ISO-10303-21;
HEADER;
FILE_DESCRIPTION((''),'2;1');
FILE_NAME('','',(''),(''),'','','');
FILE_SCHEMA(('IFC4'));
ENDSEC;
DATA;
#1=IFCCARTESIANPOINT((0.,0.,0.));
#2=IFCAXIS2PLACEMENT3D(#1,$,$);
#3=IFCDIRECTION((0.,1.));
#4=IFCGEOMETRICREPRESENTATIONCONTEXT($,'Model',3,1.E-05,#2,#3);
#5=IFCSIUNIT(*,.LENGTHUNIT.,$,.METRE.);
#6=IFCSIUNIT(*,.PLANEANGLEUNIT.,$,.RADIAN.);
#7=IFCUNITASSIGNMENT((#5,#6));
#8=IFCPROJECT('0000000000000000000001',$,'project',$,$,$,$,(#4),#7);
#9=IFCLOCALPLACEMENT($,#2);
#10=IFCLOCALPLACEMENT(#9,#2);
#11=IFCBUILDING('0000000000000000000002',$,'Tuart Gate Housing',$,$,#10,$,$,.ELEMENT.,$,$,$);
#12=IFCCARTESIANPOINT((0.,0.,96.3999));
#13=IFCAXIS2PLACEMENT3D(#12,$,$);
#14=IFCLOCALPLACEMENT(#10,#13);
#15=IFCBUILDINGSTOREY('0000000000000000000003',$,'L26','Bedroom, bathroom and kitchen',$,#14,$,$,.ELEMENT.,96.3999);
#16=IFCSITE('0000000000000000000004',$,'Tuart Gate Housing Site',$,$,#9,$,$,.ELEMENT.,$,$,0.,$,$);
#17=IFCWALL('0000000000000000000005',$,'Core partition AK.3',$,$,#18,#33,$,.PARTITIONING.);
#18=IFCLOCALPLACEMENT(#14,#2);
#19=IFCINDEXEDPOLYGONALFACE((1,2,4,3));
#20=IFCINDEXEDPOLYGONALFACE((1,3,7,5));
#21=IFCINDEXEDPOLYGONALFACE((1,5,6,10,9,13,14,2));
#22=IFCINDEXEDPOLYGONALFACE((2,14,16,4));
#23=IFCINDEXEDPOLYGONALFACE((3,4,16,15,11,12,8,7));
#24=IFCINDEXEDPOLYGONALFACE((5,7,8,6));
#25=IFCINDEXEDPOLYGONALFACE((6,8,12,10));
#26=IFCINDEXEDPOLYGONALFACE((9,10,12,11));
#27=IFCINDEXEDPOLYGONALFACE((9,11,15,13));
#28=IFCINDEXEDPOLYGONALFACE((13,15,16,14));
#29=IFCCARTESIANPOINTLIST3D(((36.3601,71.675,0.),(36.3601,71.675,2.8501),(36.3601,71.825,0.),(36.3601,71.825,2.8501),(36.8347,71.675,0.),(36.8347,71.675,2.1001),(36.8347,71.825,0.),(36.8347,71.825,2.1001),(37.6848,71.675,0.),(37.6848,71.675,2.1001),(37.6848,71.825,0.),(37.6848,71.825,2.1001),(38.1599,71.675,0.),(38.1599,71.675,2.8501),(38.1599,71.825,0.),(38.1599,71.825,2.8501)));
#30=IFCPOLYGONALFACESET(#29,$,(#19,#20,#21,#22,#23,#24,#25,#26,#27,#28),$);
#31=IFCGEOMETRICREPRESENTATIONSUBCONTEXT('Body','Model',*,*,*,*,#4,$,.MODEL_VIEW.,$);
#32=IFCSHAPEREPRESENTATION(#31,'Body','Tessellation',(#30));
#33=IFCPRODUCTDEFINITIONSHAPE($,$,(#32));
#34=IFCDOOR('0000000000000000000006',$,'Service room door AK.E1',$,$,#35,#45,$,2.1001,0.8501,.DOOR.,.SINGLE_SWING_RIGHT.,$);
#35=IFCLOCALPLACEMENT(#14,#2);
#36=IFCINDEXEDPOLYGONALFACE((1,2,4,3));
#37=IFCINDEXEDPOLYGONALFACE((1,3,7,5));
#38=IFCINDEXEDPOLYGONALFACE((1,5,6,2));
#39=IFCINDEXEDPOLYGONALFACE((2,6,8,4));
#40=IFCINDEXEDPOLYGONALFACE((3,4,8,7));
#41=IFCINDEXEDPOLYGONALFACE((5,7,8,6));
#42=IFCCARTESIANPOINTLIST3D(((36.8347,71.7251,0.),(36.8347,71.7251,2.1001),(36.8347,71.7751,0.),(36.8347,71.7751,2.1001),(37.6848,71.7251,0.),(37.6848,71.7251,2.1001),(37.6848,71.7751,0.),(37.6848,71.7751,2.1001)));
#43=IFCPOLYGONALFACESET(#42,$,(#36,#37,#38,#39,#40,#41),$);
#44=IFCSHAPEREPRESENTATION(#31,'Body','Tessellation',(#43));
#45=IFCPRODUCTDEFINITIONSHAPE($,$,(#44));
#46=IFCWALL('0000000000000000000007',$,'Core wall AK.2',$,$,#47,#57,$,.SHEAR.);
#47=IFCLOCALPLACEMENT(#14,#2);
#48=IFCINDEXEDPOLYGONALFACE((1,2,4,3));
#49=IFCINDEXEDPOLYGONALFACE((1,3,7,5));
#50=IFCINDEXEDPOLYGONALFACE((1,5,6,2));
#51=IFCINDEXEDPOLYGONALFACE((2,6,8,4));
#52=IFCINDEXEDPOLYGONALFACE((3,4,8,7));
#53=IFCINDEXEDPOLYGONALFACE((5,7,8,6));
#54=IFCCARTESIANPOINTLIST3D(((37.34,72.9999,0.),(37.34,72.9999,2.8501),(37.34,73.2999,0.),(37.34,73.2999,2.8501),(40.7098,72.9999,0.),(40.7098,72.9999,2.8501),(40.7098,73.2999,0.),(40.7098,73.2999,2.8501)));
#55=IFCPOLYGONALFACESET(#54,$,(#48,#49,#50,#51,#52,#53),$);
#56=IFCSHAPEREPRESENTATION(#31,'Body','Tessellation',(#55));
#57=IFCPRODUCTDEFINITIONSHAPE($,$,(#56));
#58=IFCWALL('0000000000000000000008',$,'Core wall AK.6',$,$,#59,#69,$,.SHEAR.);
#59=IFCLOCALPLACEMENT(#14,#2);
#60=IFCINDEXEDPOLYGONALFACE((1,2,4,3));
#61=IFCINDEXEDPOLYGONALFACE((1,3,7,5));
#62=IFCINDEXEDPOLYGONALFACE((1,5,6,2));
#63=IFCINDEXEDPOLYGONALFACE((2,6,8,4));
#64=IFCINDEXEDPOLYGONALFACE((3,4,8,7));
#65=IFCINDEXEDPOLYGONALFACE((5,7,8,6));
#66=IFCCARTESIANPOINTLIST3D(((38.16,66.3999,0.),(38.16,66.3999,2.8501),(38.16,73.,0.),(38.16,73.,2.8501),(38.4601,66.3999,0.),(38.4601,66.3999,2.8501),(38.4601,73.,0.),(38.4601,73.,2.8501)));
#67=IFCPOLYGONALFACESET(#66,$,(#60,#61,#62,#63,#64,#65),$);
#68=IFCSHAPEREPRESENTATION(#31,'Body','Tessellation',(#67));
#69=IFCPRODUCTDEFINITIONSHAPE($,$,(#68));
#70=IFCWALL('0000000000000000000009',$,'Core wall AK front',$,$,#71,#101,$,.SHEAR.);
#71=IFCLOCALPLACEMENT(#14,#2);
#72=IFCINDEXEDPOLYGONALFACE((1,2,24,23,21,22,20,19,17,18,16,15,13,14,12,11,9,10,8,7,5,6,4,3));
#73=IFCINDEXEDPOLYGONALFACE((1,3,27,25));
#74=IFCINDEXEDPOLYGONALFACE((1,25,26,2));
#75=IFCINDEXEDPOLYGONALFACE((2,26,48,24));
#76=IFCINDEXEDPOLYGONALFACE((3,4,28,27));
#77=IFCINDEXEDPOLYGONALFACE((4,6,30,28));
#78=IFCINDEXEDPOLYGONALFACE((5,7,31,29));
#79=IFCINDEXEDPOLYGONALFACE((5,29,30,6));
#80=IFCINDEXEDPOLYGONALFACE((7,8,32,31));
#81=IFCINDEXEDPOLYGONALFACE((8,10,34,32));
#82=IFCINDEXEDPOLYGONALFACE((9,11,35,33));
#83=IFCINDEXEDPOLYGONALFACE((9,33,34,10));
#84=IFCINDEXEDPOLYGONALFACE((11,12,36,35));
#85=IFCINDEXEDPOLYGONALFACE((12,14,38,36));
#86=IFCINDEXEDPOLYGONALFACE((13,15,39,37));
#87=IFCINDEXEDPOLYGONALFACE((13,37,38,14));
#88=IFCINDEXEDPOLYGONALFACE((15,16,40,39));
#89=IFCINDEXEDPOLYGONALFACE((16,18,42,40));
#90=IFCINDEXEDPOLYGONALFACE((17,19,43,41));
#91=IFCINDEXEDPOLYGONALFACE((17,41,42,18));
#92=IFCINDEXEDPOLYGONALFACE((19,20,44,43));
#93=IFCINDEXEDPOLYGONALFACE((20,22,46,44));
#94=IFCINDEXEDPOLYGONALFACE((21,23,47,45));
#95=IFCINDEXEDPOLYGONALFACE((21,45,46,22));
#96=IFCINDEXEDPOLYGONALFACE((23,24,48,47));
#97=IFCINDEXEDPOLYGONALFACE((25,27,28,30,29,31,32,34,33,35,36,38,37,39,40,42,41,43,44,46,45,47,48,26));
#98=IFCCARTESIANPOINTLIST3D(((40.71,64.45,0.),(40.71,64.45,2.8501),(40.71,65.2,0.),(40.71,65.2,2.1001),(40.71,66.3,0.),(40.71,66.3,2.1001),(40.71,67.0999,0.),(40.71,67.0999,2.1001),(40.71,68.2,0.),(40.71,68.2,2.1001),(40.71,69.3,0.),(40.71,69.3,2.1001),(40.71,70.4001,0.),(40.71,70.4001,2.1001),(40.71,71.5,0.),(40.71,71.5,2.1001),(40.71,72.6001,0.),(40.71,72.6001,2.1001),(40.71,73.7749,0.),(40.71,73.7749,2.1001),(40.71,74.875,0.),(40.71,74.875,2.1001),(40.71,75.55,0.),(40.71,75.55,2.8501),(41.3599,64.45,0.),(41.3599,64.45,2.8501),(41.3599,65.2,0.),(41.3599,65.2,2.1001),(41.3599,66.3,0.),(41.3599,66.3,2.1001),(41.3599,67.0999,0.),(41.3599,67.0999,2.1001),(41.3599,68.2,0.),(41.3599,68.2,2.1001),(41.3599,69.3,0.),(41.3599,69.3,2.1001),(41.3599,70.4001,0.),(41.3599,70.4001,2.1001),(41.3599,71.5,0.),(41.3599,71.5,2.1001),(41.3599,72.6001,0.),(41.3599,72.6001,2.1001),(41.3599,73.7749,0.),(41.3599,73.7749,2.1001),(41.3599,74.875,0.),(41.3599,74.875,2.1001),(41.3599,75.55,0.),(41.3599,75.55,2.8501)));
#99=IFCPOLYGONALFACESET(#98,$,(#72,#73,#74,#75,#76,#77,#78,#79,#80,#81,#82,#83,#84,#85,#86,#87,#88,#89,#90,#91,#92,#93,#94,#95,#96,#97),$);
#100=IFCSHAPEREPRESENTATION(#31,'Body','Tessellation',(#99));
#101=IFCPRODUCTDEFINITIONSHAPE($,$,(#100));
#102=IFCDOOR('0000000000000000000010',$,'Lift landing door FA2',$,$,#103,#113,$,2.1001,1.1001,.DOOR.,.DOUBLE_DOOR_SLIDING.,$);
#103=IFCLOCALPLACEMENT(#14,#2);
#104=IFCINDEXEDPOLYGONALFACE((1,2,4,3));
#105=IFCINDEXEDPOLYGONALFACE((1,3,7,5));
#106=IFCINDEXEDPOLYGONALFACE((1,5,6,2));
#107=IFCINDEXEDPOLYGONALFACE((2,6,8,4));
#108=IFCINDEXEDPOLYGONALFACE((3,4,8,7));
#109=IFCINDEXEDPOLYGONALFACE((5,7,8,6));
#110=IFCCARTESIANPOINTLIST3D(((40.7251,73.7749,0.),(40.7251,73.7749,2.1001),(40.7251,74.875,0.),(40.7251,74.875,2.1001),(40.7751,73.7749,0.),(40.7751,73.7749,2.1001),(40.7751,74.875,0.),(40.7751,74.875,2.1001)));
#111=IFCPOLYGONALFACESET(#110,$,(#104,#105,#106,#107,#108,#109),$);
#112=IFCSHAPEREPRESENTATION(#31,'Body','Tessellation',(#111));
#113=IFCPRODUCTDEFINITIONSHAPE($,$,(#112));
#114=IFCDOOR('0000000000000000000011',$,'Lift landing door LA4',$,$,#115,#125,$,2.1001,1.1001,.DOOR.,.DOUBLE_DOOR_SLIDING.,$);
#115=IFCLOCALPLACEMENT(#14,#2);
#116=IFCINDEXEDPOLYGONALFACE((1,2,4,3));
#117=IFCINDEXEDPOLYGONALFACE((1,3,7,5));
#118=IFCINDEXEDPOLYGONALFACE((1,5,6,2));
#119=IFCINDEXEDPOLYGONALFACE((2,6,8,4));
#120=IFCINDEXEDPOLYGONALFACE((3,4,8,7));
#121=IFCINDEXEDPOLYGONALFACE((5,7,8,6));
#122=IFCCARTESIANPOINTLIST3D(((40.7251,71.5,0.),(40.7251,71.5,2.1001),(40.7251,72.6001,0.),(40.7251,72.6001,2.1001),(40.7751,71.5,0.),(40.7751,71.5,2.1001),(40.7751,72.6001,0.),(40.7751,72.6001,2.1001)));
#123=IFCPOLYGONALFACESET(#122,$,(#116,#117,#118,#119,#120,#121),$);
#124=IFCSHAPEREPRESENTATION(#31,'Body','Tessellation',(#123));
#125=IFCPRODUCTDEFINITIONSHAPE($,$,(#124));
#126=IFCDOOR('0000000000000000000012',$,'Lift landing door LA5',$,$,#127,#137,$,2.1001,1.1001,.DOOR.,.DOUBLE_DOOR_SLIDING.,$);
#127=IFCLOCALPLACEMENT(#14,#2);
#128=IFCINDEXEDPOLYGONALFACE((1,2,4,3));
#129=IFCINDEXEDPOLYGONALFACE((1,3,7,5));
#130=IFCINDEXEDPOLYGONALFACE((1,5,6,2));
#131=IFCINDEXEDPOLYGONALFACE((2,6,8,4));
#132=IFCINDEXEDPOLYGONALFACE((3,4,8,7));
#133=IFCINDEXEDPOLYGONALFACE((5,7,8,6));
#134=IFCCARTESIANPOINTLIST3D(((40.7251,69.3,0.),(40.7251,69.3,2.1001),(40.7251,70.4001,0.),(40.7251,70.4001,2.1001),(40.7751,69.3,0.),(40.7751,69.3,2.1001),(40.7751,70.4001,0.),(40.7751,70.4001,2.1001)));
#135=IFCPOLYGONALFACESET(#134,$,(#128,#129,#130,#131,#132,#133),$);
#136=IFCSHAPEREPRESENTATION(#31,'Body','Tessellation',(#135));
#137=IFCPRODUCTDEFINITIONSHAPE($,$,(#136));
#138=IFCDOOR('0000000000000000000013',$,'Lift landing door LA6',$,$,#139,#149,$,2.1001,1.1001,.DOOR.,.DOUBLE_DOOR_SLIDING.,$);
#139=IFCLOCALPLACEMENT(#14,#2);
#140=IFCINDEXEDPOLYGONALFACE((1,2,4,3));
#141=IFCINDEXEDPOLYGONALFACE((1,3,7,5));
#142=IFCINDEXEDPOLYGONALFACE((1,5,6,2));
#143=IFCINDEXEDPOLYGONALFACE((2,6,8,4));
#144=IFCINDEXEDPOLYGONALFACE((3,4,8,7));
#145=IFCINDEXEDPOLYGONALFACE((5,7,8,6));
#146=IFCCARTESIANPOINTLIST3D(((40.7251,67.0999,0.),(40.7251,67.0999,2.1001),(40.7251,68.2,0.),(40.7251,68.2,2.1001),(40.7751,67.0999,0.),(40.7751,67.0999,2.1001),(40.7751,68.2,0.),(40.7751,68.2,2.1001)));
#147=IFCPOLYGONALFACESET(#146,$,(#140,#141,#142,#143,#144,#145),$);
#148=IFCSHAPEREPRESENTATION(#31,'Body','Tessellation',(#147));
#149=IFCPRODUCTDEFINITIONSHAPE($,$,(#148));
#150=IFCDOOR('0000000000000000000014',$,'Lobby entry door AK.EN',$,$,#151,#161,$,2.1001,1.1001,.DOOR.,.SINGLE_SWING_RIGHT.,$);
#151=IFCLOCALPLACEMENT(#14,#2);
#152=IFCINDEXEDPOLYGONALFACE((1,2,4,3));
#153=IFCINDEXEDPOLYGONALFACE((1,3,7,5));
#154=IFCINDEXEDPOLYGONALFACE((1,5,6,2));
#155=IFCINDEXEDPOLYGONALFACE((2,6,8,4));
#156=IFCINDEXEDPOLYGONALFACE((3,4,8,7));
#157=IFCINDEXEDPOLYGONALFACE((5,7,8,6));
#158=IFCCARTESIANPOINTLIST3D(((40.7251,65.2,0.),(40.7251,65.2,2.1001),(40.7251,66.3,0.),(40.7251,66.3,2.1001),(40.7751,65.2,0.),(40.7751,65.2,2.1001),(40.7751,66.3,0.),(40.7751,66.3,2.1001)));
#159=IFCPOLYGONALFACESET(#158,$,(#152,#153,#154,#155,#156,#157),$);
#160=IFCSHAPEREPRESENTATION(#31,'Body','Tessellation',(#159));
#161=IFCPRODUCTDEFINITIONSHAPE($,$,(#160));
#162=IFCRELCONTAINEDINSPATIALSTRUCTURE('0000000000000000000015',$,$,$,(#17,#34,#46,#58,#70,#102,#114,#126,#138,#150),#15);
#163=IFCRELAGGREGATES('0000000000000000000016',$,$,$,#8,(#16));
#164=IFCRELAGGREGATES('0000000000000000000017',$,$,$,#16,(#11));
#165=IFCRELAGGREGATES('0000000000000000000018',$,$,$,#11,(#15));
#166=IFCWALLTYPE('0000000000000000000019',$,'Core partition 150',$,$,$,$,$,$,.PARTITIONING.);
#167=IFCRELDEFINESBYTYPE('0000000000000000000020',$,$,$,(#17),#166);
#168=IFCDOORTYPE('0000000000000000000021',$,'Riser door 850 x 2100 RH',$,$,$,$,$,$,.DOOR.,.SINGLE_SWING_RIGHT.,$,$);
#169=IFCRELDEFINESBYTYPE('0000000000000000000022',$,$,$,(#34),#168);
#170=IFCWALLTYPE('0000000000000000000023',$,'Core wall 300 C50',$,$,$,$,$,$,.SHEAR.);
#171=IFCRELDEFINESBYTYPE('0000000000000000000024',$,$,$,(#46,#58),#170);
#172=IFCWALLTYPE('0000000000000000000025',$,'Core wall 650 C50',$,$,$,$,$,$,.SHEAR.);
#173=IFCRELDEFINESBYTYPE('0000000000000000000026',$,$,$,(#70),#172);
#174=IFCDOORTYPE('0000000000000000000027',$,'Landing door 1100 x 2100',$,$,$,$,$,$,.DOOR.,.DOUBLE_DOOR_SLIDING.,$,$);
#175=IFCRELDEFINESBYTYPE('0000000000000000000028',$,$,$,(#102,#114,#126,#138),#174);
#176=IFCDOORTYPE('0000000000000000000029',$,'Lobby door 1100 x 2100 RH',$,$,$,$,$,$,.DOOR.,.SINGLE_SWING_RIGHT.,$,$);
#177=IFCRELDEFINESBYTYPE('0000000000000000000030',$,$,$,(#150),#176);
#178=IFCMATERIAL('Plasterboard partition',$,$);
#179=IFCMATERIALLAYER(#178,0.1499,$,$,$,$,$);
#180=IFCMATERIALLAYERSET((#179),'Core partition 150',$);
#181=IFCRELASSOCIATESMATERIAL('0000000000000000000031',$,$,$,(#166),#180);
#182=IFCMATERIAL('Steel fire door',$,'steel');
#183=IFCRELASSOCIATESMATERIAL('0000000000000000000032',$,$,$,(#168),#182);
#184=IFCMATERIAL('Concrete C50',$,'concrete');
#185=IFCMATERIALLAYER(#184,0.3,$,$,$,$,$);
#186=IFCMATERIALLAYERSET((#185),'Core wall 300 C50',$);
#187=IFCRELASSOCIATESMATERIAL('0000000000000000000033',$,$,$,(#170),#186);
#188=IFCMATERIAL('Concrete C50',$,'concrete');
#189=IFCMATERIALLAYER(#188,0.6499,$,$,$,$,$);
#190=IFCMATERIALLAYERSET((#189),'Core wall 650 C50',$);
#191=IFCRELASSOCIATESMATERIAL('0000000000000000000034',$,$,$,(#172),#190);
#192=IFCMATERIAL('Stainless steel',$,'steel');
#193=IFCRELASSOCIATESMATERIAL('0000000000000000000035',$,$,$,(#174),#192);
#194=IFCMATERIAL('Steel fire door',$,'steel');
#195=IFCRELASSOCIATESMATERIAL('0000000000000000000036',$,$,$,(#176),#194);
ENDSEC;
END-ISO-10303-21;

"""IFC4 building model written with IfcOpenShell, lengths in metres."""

from ifc_helpers import new_model, si_unit, direction, frame, frame_2d, origin, place, context, subcontext, project, spatial, rectangle, extrude, material, layer, layer_set, type_object, element, fill, save


model = new_model("IFC4")

# Units and contexts
model_context = context("Model", 3, precision=1e-05, world=origin(), true_north=direction((0.0, 1.0)))
body_context = subcontext(model_context, "Body", "Model", "MODEL_VIEW")
ifc_project = project(units=[si_unit("LENGTHUNIT", "METRE"), si_unit("PLANEANGLEUNIT", "RADIAN")], contexts=[model_context])

# Site, building, storey
site_placement = place(None, origin())
site = spatial("IfcSite", under=ifc_project, at=site_placement, Name="Tuart Gate Housing Site", CompositionType="ELEMENT", RefElevation=0.0)
building_placement = place(site_placement, origin())
building = spatial("IfcBuilding", under=site, at=building_placement, Name="Tuart Gate Housing", CompositionType="ELEMENT")
storey_placement = place(building_placement, frame((0.0, 0.0, 96.3999)))
storey = spatial("IfcBuildingStorey", under=building, at=storey_placement, Name="L26", Description="Bedroom, bathroom and kitchen", CompositionType="ELEMENT", Elevation=96.3999)

# Wall, opening, door
ifc_material_1 = material(Name="Plasterboard partition")
ifc_layer_1 = layer(ifc_material_1, 0.1499)
ifc_layer_set_1 = layer_set([ifc_layer_1], Name="Core partition 150")
wall_type_1 = type_object("IfcWallType", Name="Core partition 150", PredefinedType="PARTITIONING", material=ifc_layer_set_1)
wall_1_placement = place(storey_placement, frame((38.1599, 71.75, 0.0), z_axis=(0.0, 0.0, 1.0), x_axis=(-1.0, 0.0, 0.0)))
wall_1 = element("IfcWall", 1, at=wall_1_placement, inside=storey, type_object=wall_type_1, Name="Core partition AK.3", PredefinedType="PARTITIONING", context=body_context, shape_type="SweptSolid", body=[
    extrude(rectangle(XDim=1.7998, YDim=0.1499, at=frame_2d((0.8999, 0.0))), origin(), (0.0, 0.0, 1.0), 2.8501),
])
opening_1_placement = place(wall_1_placement, frame((0.4751, 0.0, 0.0)))
opening_1 = element("IfcOpeningElement", 2, at=opening_1_placement, cuts=wall_1, PredefinedType="OPENING", context=body_context, shape_type="SweptSolid", body=[
    extrude(rectangle(XDim=0.8501, YDim=2.1001, at=frame_2d((0.425, 1.05))), frame((0.0, 0.085, 0.0), z_axis=(0.0, -1.0, 0.0), x_axis=(1.0, 0.0, 0.0)), (0.0, 0.0, 1.0), 0.1699),
])
ifc_material_2 = material(Name="Steel fire door", Category="steel")
door_type_1 = type_object("IfcDoorType", Name="Riser door 850 x 2100 RH", OperationType="SINGLE_SWING_RIGHT", PredefinedType="DOOR", material=ifc_material_2)
door_1_placement = place(opening_1_placement, frame((0.8501, 0.0, 0.0), z_axis=(0.0, 0.0, 1.0), x_axis=(-1.0, 0.0, 0.0)))
door_1 = element("IfcDoor", 3, at=door_1_placement, inside=storey, type_object=door_type_1, Name="Service room door AK.E1", OperationType="SINGLE_SWING_RIGHT", OverallHeight=2.1001, OverallWidth=0.8501, PredefinedType="DOOR", context=body_context, shape_type="SweptSolid", body=[
    extrude(rectangle(XDim=0.8501, YDim=2.1001, at=frame_2d((0.425, 1.05))), frame((0.0, 0.0251, 0.0), z_axis=(0.0, -1.0, 0.0), x_axis=(1.0, 0.0, 0.0)), (0.0, 0.0, 1.0), 0.05),
])
fill(opening_1, door_1)

# Walls
ifc_material_3 = material(Name="Concrete C50", Category="concrete")
ifc_layer_2 = layer(ifc_material_3, 0.3)
ifc_layer_set_2 = layer_set([ifc_layer_2], Name="Core wall 300 C50")
wall_type_2 = type_object("IfcWallType", Name="Core wall 300 C50", PredefinedType="SHEAR", material=ifc_layer_set_2)
wall_2_placement = place(storey_placement, frame((40.71, 73.1499, 0.0), z_axis=(0.0, 0.0, 1.0), x_axis=(-1.0, 0.0, 0.0)))
element("IfcWall", 4, at=wall_2_placement, inside=storey, type_object=wall_type_2, Name="Core wall AK.2", PredefinedType="SHEAR", context=body_context, shape_type="SweptSolid", body=[
    extrude(rectangle(XDim=3.3699, YDim=0.3, at=frame_2d((1.6851, 0.0))), origin(), (0.0, 0.0, 1.0), 2.8501),
])
wall_3_placement = place(storey_placement, frame((38.3101, 73.0, 0.0), z_axis=(0.0, 0.0, 1.0), x_axis=(0.0, -1.0, 0.0)))
element("IfcWall", 5, at=wall_3_placement, inside=storey, type_object=wall_type_2, Name="Core wall AK.6", PredefinedType="SHEAR", context=body_context, shape_type="SweptSolid", body=[
    extrude(rectangle(XDim=6.6001, YDim=0.3, at=frame_2d((3.3, 0.0))), origin(), (0.0, 0.0, 1.0), 2.8501),
])

# Wall, openings, doors
ifc_material_4 = material(Name="Concrete C50", Category="concrete")
ifc_layer_3 = layer(ifc_material_4, 0.6499)
ifc_layer_set_3 = layer_set([ifc_layer_3], Name="Core wall 650 C50")
wall_type_3 = type_object("IfcWallType", Name="Core wall 650 C50", PredefinedType="SHEAR", material=ifc_layer_set_3)
wall_4_placement = place(storey_placement, frame((41.0349, 75.55, 0.0), z_axis=(0.0, 0.0, 1.0), x_axis=(0.0, -1.0, 0.0)))
wall_4 = element("IfcWall", 6, at=wall_4_placement, inside=storey, type_object=wall_type_3, Name="Core wall AK front", PredefinedType="SHEAR", context=body_context, shape_type="SweptSolid", body=[
    extrude(rectangle(XDim=11.1001, YDim=0.6499, at=frame_2d((5.55, 0.0))), origin(), (0.0, 0.0, 1.0), 2.8501),
])
opening_2_placement = place(wall_4_placement, frame((0.675, 0.0, 0.0)))
opening_2 = element("IfcOpeningElement", 7, at=opening_2_placement, cuts=wall_4, PredefinedType="OPENING", context=body_context, shape_type="SweptSolid", body=[
    extrude(rectangle(XDim=1.1001, YDim=2.1001, at=frame_2d((0.55, 1.05))), frame((0.0, 0.335, 0.0), z_axis=(0.0, -1.0, 0.0), x_axis=(1.0, 0.0, 0.0)), (0.0, 0.0, 1.0), 0.6699),
])
opening_3_placement = place(wall_4_placement, frame((2.95, 0.0, 0.0)))
opening_3 = element("IfcOpeningElement", 8, at=opening_3_placement, cuts=wall_4, PredefinedType="OPENING", context=body_context, shape_type="SweptSolid", body=[
    extrude(rectangle(XDim=1.1001, YDim=2.1001, at=frame_2d((0.55, 1.05))), frame((0.0, 0.335, 0.0), z_axis=(0.0, -1.0, 0.0), x_axis=(1.0, 0.0, 0.0)), (0.0, 0.0, 1.0), 0.6699),
])
opening_4_placement = place(wall_4_placement, frame((5.1499, 0.0, 0.0)))
opening_4 = element("IfcOpeningElement", 9, at=opening_4_placement, cuts=wall_4, PredefinedType="OPENING", context=body_context, shape_type="SweptSolid", body=[
    extrude(rectangle(XDim=1.1001, YDim=2.1001, at=frame_2d((0.55, 1.05))), frame((0.0, 0.335, 0.0), z_axis=(0.0, -1.0, 0.0), x_axis=(1.0, 0.0, 0.0)), (0.0, 0.0, 1.0), 0.6699),
])
opening_5_placement = place(wall_4_placement, frame((7.3501, 0.0, 0.0)))
opening_5 = element("IfcOpeningElement", 10, at=opening_5_placement, cuts=wall_4, PredefinedType="OPENING", context=body_context, shape_type="SweptSolid", body=[
    extrude(rectangle(XDim=1.1001, YDim=2.1001, at=frame_2d((0.55, 1.05))), frame((0.0, 0.335, 0.0), z_axis=(0.0, -1.0, 0.0), x_axis=(1.0, 0.0, 0.0)), (0.0, 0.0, 1.0), 0.6699),
])
opening_6_placement = place(wall_4_placement, frame((9.25, 0.0, 0.0)))
opening_6 = element("IfcOpeningElement", 11, at=opening_6_placement, cuts=wall_4, PredefinedType="OPENING", context=body_context, shape_type="SweptSolid", body=[
    extrude(rectangle(XDim=1.1001, YDim=2.1001, at=frame_2d((0.55, 1.05))), frame((0.0, 0.335, 0.0), z_axis=(0.0, -1.0, 0.0), x_axis=(1.0, 0.0, 0.0)), (0.0, 0.0, 1.0), 0.6699),
])
ifc_material_5 = material(Name="Stainless steel", Category="steel")
door_type_2 = type_object("IfcDoorType", Name="Landing door 1100 x 2100", OperationType="DOUBLE_DOOR_SLIDING", PredefinedType="DOOR", material=ifc_material_5)
door_2_placement = place(opening_2_placement, origin())
door_2 = element("IfcDoor", 12, at=door_2_placement, inside=storey, type_object=door_type_2, Name="Lift landing door FA2", OperationType="DOUBLE_DOOR_SLIDING", OverallHeight=2.1001, OverallWidth=1.1001, PredefinedType="DOOR", context=body_context, shape_type="SweptSolid", body=[
    extrude(rectangle(XDim=1.1001, YDim=2.1001, at=frame_2d((0.55, 1.05))), frame((0.0, -0.2598, 0.0), z_axis=(0.0, -1.0, 0.0), x_axis=(1.0, 0.0, 0.0)), (0.0, 0.0, 1.0), 0.05),
])
fill(opening_2, door_2)
door_3_placement = place(opening_3_placement, origin())
door_3 = element("IfcDoor", 13, at=door_3_placement, inside=storey, type_object=door_type_2, Name="Lift landing door LA4", OperationType="DOUBLE_DOOR_SLIDING", OverallHeight=2.1001, OverallWidth=1.1001, PredefinedType="DOOR", context=body_context, shape_type="SweptSolid", body=[
    extrude(rectangle(XDim=1.1001, YDim=2.1001, at=frame_2d((0.55, 1.05))), frame((0.0, -0.2598, 0.0), z_axis=(0.0, -1.0, 0.0), x_axis=(1.0, 0.0, 0.0)), (0.0, 0.0, 1.0), 0.05),
])
fill(opening_3, door_3)
door_4_placement = place(opening_4_placement, origin())
door_4 = element("IfcDoor", 14, at=door_4_placement, inside=storey, type_object=door_type_2, Name="Lift landing door LA5", OperationType="DOUBLE_DOOR_SLIDING", OverallHeight=2.1001, OverallWidth=1.1001, PredefinedType="DOOR", context=body_context, shape_type="SweptSolid", body=[
    extrude(rectangle(XDim=1.1001, YDim=2.1001, at=frame_2d((0.55, 1.05))), frame((0.0, -0.2598, 0.0), z_axis=(0.0, -1.0, 0.0), x_axis=(1.0, 0.0, 0.0)), (0.0, 0.0, 1.0), 0.05),
])
fill(opening_4, door_4)
door_5_placement = place(opening_5_placement, origin())
door_5 = element("IfcDoor", 15, at=door_5_placement, inside=storey, type_object=door_type_2, Name="Lift landing door LA6", OperationType="DOUBLE_DOOR_SLIDING", OverallHeight=2.1001, OverallWidth=1.1001, PredefinedType="DOOR", context=body_context, shape_type="SweptSolid", body=[
    extrude(rectangle(XDim=1.1001, YDim=2.1001, at=frame_2d((0.55, 1.05))), frame((0.0, -0.2598, 0.0), z_axis=(0.0, -1.0, 0.0), x_axis=(1.0, 0.0, 0.0)), (0.0, 0.0, 1.0), 0.05),
])
fill(opening_5, door_5)
ifc_material_6 = material(Name="Steel fire door", Category="steel")
door_type_3 = type_object("IfcDoorType", Name="Lobby door 1100 x 2100 RH", OperationType="SINGLE_SWING_RIGHT", PredefinedType="DOOR", material=ifc_material_6)
door_6_placement = place(opening_6_placement, frame((1.1001, 0.0, 0.0), z_axis=(0.0, 0.0, 1.0), x_axis=(-1.0, 0.0, 0.0)))
door_6 = element("IfcDoor", 16, at=door_6_placement, inside=storey, type_object=door_type_3, Name="Lobby entry door AK.EN", OperationType="SINGLE_SWING_RIGHT", OverallHeight=2.1001, OverallWidth=1.1001, PredefinedType="DOOR", context=body_context, shape_type="SweptSolid", body=[
    extrude(rectangle(XDim=1.1001, YDim=2.1001, at=frame_2d((0.55, 1.05))), frame((0.0, 0.3098, 0.0), z_axis=(0.0, -1.0, 0.0), x_axis=(1.0, 0.0, 0.0)), (0.0, 0.0, 1.0), 0.05),
])
fill(opening_6, door_6)

save(model, "model.ifc")
